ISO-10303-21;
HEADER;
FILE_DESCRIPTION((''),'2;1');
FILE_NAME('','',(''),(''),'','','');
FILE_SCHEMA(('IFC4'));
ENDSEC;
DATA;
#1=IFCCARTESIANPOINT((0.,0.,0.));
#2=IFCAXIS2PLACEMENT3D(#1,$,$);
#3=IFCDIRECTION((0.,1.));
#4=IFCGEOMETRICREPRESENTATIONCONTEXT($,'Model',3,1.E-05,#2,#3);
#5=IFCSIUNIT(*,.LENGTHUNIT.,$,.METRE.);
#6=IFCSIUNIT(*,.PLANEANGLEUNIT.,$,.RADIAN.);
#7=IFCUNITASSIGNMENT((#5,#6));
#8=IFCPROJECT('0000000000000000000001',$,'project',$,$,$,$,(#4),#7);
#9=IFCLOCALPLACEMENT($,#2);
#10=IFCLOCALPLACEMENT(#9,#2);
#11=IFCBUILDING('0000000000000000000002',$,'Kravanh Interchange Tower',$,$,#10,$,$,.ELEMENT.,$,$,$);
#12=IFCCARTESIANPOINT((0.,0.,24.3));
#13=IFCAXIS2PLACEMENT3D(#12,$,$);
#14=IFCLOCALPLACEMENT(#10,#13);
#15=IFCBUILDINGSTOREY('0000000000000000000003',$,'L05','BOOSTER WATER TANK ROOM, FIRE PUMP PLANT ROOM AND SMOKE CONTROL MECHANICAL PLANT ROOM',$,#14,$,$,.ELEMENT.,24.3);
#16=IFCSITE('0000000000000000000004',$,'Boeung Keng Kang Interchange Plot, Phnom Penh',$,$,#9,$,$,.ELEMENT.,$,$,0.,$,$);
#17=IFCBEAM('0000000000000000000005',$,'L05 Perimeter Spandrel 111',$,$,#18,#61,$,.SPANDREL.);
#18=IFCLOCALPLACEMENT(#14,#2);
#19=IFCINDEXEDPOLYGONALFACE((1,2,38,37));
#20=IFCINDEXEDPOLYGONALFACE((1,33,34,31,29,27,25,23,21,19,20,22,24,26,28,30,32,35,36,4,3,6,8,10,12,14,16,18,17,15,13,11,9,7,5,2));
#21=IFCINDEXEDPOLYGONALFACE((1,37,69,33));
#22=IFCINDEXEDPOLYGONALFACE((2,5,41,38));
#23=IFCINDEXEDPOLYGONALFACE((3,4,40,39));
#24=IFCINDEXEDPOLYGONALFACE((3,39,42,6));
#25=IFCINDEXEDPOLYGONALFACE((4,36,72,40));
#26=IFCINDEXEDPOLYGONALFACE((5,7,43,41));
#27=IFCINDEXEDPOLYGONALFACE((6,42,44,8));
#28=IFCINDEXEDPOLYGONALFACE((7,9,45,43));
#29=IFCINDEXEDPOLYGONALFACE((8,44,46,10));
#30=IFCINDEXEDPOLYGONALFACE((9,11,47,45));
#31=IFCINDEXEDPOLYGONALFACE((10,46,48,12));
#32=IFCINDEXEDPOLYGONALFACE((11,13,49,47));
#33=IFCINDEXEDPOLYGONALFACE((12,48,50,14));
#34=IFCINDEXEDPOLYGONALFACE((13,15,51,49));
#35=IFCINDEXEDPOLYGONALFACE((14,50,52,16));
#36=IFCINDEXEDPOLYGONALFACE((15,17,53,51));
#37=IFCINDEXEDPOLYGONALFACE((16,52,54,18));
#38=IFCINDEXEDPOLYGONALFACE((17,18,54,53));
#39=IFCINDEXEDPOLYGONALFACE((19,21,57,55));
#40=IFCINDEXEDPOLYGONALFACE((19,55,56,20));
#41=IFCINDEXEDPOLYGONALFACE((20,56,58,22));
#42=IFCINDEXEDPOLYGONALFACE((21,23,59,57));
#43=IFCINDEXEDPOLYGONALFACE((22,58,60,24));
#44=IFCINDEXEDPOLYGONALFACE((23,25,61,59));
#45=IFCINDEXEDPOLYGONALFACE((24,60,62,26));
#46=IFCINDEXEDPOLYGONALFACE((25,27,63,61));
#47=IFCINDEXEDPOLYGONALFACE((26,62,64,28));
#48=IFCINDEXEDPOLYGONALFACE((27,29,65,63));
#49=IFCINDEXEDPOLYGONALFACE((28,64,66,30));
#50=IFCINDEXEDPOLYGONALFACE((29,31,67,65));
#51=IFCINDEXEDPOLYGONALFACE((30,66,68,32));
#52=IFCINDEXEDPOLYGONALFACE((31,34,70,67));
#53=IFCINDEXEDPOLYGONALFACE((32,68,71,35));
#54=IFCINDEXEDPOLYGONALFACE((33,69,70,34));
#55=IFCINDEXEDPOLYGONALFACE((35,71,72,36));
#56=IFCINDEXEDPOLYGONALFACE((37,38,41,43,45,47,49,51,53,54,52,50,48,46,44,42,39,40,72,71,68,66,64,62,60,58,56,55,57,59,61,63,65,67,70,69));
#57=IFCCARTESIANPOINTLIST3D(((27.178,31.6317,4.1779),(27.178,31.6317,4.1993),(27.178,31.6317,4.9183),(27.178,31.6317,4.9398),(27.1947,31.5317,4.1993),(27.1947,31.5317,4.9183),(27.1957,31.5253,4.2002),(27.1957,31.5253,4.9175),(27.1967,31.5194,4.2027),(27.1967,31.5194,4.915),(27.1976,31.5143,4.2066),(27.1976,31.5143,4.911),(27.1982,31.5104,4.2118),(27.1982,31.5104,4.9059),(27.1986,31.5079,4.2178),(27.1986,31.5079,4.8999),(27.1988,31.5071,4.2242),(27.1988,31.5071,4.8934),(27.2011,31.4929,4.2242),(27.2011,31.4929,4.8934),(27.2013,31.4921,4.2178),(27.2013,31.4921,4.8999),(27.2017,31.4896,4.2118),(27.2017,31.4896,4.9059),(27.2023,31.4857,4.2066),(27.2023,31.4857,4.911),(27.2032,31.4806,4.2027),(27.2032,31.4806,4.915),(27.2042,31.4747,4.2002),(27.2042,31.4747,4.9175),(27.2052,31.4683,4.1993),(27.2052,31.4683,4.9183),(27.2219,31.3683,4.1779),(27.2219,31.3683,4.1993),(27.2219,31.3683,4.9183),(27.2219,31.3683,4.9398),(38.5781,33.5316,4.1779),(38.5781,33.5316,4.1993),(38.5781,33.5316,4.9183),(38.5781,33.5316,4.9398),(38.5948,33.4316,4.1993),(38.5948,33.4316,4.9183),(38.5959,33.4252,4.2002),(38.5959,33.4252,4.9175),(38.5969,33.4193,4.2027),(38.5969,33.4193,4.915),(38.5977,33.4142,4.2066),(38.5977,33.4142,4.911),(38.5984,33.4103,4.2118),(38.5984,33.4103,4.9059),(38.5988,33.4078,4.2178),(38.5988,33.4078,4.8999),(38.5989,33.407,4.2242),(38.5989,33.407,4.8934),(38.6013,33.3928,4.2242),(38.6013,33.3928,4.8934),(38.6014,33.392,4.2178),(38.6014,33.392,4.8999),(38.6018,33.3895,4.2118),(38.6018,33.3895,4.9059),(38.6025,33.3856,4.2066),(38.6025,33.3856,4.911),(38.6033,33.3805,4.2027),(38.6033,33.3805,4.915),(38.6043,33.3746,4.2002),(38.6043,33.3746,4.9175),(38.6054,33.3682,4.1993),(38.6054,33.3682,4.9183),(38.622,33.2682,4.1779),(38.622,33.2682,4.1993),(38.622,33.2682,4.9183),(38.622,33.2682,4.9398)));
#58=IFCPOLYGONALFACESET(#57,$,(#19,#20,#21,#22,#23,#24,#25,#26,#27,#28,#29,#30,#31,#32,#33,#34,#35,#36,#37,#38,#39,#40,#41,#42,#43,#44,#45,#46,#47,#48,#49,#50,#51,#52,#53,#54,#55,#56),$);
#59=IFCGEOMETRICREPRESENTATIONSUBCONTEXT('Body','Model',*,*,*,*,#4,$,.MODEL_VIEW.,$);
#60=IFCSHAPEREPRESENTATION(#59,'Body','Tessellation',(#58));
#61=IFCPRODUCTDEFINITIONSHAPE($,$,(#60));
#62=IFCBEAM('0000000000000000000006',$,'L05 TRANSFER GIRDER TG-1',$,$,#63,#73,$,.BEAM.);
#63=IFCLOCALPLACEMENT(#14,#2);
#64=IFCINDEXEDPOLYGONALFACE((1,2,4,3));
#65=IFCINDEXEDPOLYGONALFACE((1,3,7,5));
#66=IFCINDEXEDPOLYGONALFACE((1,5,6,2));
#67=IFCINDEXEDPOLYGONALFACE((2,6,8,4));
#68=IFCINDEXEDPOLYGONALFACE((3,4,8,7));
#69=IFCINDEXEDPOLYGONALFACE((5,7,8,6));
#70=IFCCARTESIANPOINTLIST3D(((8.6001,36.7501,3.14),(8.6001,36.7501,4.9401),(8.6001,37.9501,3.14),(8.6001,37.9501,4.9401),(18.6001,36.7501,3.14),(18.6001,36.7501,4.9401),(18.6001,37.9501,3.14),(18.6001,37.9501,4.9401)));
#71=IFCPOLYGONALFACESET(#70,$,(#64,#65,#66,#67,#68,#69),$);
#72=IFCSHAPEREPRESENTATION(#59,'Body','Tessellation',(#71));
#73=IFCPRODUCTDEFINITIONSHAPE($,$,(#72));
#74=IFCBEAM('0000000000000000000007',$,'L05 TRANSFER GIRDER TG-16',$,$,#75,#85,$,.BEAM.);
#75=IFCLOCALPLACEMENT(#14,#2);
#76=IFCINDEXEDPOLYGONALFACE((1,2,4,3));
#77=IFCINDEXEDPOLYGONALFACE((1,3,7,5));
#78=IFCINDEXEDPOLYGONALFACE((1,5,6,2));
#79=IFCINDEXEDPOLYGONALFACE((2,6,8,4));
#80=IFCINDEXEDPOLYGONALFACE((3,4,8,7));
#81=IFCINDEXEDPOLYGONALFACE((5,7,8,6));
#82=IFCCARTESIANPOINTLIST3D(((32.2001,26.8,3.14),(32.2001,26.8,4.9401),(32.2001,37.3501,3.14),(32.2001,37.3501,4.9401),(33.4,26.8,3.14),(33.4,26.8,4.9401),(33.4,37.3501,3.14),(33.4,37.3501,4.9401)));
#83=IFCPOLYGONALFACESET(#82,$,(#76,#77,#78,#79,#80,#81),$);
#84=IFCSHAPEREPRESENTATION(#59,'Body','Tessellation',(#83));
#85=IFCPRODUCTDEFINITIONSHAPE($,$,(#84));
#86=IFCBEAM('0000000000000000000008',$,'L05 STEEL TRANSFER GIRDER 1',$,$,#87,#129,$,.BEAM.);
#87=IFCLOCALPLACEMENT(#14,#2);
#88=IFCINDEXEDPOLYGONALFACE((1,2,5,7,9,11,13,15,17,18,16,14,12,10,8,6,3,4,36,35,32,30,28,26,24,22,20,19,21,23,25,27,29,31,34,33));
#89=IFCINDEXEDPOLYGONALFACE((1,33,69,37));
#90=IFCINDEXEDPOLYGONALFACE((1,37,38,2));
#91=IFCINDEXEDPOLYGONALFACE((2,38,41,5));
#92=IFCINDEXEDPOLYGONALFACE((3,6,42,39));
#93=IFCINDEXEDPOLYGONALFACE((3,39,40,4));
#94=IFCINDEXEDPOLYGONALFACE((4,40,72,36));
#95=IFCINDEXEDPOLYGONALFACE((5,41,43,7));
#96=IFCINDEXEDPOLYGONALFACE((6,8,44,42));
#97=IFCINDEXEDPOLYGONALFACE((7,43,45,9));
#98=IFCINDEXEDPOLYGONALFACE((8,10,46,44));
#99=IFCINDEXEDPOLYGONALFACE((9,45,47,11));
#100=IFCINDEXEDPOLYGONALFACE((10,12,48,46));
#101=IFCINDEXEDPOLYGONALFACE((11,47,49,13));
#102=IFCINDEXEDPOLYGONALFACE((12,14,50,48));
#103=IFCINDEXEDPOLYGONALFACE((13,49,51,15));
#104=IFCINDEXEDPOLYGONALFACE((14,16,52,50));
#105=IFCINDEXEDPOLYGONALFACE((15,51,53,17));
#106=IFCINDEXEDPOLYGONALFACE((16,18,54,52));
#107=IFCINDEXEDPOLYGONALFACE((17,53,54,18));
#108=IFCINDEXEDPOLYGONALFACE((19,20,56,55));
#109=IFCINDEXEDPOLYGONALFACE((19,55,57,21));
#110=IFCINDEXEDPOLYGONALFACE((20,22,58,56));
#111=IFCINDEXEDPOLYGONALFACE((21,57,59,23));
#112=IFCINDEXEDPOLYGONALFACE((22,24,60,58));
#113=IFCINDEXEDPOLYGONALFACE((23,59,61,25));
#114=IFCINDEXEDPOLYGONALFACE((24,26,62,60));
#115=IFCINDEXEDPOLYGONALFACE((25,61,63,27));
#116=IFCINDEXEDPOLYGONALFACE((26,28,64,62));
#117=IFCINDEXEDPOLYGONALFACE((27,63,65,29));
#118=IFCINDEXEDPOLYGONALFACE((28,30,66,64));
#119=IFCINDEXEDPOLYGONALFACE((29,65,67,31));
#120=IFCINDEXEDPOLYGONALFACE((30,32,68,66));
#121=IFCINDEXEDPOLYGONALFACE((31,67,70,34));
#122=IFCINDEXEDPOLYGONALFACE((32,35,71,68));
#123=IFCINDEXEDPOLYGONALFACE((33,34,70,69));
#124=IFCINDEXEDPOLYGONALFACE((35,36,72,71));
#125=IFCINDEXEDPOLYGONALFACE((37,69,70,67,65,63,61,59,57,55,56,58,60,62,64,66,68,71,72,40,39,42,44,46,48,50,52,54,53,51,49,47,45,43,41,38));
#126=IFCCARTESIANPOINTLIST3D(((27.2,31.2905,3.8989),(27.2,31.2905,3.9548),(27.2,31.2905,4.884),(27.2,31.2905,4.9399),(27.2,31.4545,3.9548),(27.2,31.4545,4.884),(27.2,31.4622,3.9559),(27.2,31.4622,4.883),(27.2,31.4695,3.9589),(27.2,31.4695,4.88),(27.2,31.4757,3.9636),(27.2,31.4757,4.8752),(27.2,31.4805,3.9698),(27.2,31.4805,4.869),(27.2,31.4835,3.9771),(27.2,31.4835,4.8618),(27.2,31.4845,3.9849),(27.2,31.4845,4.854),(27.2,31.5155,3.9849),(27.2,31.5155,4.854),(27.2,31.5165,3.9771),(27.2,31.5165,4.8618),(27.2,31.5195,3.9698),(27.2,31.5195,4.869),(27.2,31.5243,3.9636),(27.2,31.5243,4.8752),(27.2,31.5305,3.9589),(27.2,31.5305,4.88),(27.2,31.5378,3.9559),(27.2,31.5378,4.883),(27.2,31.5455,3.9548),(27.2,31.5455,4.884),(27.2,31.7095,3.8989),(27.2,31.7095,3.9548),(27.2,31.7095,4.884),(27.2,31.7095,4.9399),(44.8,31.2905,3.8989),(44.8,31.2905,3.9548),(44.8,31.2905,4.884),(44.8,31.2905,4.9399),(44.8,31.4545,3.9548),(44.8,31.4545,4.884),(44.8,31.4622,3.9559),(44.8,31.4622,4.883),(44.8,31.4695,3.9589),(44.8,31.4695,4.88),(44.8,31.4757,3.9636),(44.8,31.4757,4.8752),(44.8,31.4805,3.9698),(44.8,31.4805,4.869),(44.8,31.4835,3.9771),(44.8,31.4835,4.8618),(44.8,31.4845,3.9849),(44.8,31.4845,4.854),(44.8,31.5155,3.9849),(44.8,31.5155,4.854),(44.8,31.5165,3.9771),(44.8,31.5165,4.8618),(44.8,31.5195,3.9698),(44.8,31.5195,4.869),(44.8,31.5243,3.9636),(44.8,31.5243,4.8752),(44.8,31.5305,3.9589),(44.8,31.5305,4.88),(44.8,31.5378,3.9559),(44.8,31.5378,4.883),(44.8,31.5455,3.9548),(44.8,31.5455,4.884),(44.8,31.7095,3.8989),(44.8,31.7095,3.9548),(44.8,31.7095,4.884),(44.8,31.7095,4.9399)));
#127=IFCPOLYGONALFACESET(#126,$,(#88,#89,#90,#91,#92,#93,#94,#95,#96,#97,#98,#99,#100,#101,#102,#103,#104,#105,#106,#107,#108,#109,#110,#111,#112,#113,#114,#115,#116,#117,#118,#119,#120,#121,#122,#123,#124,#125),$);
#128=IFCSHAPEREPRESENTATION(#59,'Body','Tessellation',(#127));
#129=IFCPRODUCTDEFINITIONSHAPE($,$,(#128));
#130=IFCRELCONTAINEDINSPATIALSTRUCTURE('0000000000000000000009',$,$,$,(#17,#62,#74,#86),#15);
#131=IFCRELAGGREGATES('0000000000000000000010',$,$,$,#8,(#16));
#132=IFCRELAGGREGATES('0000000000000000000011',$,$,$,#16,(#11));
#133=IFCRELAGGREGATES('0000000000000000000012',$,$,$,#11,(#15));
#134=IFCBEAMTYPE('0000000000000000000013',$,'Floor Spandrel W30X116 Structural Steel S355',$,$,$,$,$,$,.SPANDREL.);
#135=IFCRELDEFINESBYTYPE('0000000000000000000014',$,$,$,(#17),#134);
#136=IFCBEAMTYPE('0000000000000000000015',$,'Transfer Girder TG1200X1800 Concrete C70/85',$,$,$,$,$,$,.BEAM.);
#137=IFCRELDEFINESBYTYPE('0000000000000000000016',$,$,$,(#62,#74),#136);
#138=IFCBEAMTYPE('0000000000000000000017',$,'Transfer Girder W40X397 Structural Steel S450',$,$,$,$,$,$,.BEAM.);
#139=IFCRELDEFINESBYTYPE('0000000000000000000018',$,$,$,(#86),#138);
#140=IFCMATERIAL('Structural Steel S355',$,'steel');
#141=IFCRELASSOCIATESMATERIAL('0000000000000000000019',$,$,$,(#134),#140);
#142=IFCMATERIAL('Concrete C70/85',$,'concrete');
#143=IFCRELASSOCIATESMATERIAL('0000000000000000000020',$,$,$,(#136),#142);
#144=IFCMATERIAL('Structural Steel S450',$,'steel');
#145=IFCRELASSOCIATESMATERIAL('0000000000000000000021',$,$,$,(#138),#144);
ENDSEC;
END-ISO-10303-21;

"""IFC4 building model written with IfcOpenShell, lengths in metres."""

from ifc_helpers import new_model, si_unit, direction, frame, origin, origin_2d, place, context, subcontext, project, spatial, rectangle, i_section, extrude, material, material_profile, profile_set, type_object, element, save


model = new_model("IFC4")

# Units and contexts
model_context = context("Model", 3, precision=1e-05, world=origin(), true_north=direction((0.0, 1.0)))
body_context = subcontext(model_context, "Body", "Model", "MODEL_VIEW")
ifc_project = project(units=[si_unit("LENGTHUNIT", "METRE"), si_unit("PLANEANGLEUNIT", "RADIAN")], contexts=[model_context])

# Site, building, storey
site_placement = place(None, origin())
site = spatial("IfcSite", under=ifc_project, at=site_placement, Name="Boeung Keng Kang Interchange Plot, Phnom Penh", CompositionType="ELEMENT", RefElevation=0.0)
building_placement = place(site_placement, origin())
building = spatial("IfcBuilding", under=site, at=building_placement, Name="Kravanh Interchange Tower", CompositionType="ELEMENT")
storey_placement = place(building_placement, frame((0.0, 0.0, 24.3)))
storey = spatial("IfcBuildingStorey", under=building, at=storey_placement, Name="L05", Description="BOOSTER WATER TANK ROOM, FIRE PUMP PLANT ROOM AND SMOKE CONTROL MECHANICAL PLANT ROOM", CompositionType="ELEMENT", Elevation=24.3)

# Beams
ifc_material_1 = material(Name="Structural Steel S355", Category="steel")
ifc_material_profile_1 = material_profile(ifc_material_1, i_section(OverallWidth=0.2671, OverallDepth=0.762, WebThickness=0.0144, FlangeThickness=0.0215, FilletRadius=0.0249, at=origin_2d()), Name="W30X116")
ifc_profile_set_1 = profile_set([ifc_material_profile_1], Name="Structural Steel S355")
beam_type_1 = type_object("IfcBeamType", Name="Floor Spandrel W30X116 Structural Steel S355", PredefinedType="SPANDREL", material=ifc_profile_set_1)
beam_1_placement = place(storey_placement, frame((27.2, 31.5, 4.5588), z_axis=(0.986396, 0.164389, 0.0), x_axis=(-0.164389, 0.986396, 0.0)))
element("IfcBeam", 1, at=beam_1_placement, inside=storey, type_object=beam_type_1, Name="L05 Perimeter Spandrel 111", PredefinedType="SPANDREL", context=body_context, shape_type="SweptSolid", body=[
    extrude(i_section(OverallWidth=0.2671, OverallDepth=0.762, WebThickness=0.0144, FlangeThickness=0.0215, FilletRadius=0.0249, at=origin_2d()), origin(), (0.0, 0.0, 1.0), 11.5574),
])
ifc_material_2 = material(Name="Concrete C70/85", Category="concrete")
ifc_material_profile_2 = material_profile(ifc_material_2, rectangle(XDim=1.2, YDim=1.8, at=origin_2d()), Name="TG1200X1800")
ifc_profile_set_2 = profile_set([ifc_material_profile_2], Name="Concrete C70/85")
beam_type_2 = type_object("IfcBeamType", Name="Transfer Girder TG1200X1800 Concrete C70/85", PredefinedType="BEAM", material=ifc_profile_set_2)
beam_2_placement = place(storey_placement, frame((18.6001, 37.3501, 4.04), z_axis=(-1.0, 0.0, 0.0), x_axis=(0.0, -1.0, 0.0)))
element("IfcBeam", 2, at=beam_2_placement, inside=storey, type_object=beam_type_2, Name="L05 TRANSFER GIRDER TG-1", PredefinedType="BEAM", context=body_context, shape_type="SweptSolid", body=[
    extrude(rectangle(XDim=1.2, YDim=1.8, at=origin_2d()), origin(), (0.0, 0.0, 1.0), 10.0),
])
beam_3_placement = place(storey_placement, frame((32.8, 37.3501, 4.04), z_axis=(0.0, -1.0, 0.0), x_axis=(1.0, 0.0, 0.0)))
element("IfcBeam", 3, at=beam_3_placement, inside=storey, type_object=beam_type_2, Name="L05 TRANSFER GIRDER TG-16", PredefinedType="BEAM", context=body_context, shape_type="SweptSolid", body=[
    extrude(rectangle(XDim=1.2, YDim=1.8, at=origin_2d()), origin(), (0.0, 0.0, 1.0), 10.55),
])
ifc_material_3 = material(Name="Structural Steel S450", Category="steel")
ifc_material_profile_3 = material_profile(ifc_material_3, i_section(OverallWidth=0.4189, OverallDepth=1.041, WebThickness=0.031, FlangeThickness=0.0559, FilletRadius=0.03, at=origin_2d()), Name="W40X397")
ifc_profile_set_3 = profile_set([ifc_material_profile_3], Name="Structural Steel S450")
beam_type_3 = type_object("IfcBeamType", Name="Transfer Girder W40X397 Structural Steel S450", PredefinedType="BEAM", material=ifc_profile_set_3)
beam_4_placement = place(storey_placement, frame((27.2, 31.5, 4.4194), z_axis=(1.0, 0.0, 0.0), x_axis=(0.0, 1.0, 0.0)))
element("IfcBeam", 4, at=beam_4_placement, inside=storey, type_object=beam_type_3, Name="L05 STEEL TRANSFER GIRDER 1", PredefinedType="BEAM", context=body_context, shape_type="SweptSolid", body=[
    extrude(i_section(OverallWidth=0.4189, OverallDepth=1.041, WebThickness=0.031, FlangeThickness=0.0559, FilletRadius=0.03, at=origin_2d()), origin(), (0.0, 0.0, 1.0), 17.6001),
])

save(model, "model.ifc")
